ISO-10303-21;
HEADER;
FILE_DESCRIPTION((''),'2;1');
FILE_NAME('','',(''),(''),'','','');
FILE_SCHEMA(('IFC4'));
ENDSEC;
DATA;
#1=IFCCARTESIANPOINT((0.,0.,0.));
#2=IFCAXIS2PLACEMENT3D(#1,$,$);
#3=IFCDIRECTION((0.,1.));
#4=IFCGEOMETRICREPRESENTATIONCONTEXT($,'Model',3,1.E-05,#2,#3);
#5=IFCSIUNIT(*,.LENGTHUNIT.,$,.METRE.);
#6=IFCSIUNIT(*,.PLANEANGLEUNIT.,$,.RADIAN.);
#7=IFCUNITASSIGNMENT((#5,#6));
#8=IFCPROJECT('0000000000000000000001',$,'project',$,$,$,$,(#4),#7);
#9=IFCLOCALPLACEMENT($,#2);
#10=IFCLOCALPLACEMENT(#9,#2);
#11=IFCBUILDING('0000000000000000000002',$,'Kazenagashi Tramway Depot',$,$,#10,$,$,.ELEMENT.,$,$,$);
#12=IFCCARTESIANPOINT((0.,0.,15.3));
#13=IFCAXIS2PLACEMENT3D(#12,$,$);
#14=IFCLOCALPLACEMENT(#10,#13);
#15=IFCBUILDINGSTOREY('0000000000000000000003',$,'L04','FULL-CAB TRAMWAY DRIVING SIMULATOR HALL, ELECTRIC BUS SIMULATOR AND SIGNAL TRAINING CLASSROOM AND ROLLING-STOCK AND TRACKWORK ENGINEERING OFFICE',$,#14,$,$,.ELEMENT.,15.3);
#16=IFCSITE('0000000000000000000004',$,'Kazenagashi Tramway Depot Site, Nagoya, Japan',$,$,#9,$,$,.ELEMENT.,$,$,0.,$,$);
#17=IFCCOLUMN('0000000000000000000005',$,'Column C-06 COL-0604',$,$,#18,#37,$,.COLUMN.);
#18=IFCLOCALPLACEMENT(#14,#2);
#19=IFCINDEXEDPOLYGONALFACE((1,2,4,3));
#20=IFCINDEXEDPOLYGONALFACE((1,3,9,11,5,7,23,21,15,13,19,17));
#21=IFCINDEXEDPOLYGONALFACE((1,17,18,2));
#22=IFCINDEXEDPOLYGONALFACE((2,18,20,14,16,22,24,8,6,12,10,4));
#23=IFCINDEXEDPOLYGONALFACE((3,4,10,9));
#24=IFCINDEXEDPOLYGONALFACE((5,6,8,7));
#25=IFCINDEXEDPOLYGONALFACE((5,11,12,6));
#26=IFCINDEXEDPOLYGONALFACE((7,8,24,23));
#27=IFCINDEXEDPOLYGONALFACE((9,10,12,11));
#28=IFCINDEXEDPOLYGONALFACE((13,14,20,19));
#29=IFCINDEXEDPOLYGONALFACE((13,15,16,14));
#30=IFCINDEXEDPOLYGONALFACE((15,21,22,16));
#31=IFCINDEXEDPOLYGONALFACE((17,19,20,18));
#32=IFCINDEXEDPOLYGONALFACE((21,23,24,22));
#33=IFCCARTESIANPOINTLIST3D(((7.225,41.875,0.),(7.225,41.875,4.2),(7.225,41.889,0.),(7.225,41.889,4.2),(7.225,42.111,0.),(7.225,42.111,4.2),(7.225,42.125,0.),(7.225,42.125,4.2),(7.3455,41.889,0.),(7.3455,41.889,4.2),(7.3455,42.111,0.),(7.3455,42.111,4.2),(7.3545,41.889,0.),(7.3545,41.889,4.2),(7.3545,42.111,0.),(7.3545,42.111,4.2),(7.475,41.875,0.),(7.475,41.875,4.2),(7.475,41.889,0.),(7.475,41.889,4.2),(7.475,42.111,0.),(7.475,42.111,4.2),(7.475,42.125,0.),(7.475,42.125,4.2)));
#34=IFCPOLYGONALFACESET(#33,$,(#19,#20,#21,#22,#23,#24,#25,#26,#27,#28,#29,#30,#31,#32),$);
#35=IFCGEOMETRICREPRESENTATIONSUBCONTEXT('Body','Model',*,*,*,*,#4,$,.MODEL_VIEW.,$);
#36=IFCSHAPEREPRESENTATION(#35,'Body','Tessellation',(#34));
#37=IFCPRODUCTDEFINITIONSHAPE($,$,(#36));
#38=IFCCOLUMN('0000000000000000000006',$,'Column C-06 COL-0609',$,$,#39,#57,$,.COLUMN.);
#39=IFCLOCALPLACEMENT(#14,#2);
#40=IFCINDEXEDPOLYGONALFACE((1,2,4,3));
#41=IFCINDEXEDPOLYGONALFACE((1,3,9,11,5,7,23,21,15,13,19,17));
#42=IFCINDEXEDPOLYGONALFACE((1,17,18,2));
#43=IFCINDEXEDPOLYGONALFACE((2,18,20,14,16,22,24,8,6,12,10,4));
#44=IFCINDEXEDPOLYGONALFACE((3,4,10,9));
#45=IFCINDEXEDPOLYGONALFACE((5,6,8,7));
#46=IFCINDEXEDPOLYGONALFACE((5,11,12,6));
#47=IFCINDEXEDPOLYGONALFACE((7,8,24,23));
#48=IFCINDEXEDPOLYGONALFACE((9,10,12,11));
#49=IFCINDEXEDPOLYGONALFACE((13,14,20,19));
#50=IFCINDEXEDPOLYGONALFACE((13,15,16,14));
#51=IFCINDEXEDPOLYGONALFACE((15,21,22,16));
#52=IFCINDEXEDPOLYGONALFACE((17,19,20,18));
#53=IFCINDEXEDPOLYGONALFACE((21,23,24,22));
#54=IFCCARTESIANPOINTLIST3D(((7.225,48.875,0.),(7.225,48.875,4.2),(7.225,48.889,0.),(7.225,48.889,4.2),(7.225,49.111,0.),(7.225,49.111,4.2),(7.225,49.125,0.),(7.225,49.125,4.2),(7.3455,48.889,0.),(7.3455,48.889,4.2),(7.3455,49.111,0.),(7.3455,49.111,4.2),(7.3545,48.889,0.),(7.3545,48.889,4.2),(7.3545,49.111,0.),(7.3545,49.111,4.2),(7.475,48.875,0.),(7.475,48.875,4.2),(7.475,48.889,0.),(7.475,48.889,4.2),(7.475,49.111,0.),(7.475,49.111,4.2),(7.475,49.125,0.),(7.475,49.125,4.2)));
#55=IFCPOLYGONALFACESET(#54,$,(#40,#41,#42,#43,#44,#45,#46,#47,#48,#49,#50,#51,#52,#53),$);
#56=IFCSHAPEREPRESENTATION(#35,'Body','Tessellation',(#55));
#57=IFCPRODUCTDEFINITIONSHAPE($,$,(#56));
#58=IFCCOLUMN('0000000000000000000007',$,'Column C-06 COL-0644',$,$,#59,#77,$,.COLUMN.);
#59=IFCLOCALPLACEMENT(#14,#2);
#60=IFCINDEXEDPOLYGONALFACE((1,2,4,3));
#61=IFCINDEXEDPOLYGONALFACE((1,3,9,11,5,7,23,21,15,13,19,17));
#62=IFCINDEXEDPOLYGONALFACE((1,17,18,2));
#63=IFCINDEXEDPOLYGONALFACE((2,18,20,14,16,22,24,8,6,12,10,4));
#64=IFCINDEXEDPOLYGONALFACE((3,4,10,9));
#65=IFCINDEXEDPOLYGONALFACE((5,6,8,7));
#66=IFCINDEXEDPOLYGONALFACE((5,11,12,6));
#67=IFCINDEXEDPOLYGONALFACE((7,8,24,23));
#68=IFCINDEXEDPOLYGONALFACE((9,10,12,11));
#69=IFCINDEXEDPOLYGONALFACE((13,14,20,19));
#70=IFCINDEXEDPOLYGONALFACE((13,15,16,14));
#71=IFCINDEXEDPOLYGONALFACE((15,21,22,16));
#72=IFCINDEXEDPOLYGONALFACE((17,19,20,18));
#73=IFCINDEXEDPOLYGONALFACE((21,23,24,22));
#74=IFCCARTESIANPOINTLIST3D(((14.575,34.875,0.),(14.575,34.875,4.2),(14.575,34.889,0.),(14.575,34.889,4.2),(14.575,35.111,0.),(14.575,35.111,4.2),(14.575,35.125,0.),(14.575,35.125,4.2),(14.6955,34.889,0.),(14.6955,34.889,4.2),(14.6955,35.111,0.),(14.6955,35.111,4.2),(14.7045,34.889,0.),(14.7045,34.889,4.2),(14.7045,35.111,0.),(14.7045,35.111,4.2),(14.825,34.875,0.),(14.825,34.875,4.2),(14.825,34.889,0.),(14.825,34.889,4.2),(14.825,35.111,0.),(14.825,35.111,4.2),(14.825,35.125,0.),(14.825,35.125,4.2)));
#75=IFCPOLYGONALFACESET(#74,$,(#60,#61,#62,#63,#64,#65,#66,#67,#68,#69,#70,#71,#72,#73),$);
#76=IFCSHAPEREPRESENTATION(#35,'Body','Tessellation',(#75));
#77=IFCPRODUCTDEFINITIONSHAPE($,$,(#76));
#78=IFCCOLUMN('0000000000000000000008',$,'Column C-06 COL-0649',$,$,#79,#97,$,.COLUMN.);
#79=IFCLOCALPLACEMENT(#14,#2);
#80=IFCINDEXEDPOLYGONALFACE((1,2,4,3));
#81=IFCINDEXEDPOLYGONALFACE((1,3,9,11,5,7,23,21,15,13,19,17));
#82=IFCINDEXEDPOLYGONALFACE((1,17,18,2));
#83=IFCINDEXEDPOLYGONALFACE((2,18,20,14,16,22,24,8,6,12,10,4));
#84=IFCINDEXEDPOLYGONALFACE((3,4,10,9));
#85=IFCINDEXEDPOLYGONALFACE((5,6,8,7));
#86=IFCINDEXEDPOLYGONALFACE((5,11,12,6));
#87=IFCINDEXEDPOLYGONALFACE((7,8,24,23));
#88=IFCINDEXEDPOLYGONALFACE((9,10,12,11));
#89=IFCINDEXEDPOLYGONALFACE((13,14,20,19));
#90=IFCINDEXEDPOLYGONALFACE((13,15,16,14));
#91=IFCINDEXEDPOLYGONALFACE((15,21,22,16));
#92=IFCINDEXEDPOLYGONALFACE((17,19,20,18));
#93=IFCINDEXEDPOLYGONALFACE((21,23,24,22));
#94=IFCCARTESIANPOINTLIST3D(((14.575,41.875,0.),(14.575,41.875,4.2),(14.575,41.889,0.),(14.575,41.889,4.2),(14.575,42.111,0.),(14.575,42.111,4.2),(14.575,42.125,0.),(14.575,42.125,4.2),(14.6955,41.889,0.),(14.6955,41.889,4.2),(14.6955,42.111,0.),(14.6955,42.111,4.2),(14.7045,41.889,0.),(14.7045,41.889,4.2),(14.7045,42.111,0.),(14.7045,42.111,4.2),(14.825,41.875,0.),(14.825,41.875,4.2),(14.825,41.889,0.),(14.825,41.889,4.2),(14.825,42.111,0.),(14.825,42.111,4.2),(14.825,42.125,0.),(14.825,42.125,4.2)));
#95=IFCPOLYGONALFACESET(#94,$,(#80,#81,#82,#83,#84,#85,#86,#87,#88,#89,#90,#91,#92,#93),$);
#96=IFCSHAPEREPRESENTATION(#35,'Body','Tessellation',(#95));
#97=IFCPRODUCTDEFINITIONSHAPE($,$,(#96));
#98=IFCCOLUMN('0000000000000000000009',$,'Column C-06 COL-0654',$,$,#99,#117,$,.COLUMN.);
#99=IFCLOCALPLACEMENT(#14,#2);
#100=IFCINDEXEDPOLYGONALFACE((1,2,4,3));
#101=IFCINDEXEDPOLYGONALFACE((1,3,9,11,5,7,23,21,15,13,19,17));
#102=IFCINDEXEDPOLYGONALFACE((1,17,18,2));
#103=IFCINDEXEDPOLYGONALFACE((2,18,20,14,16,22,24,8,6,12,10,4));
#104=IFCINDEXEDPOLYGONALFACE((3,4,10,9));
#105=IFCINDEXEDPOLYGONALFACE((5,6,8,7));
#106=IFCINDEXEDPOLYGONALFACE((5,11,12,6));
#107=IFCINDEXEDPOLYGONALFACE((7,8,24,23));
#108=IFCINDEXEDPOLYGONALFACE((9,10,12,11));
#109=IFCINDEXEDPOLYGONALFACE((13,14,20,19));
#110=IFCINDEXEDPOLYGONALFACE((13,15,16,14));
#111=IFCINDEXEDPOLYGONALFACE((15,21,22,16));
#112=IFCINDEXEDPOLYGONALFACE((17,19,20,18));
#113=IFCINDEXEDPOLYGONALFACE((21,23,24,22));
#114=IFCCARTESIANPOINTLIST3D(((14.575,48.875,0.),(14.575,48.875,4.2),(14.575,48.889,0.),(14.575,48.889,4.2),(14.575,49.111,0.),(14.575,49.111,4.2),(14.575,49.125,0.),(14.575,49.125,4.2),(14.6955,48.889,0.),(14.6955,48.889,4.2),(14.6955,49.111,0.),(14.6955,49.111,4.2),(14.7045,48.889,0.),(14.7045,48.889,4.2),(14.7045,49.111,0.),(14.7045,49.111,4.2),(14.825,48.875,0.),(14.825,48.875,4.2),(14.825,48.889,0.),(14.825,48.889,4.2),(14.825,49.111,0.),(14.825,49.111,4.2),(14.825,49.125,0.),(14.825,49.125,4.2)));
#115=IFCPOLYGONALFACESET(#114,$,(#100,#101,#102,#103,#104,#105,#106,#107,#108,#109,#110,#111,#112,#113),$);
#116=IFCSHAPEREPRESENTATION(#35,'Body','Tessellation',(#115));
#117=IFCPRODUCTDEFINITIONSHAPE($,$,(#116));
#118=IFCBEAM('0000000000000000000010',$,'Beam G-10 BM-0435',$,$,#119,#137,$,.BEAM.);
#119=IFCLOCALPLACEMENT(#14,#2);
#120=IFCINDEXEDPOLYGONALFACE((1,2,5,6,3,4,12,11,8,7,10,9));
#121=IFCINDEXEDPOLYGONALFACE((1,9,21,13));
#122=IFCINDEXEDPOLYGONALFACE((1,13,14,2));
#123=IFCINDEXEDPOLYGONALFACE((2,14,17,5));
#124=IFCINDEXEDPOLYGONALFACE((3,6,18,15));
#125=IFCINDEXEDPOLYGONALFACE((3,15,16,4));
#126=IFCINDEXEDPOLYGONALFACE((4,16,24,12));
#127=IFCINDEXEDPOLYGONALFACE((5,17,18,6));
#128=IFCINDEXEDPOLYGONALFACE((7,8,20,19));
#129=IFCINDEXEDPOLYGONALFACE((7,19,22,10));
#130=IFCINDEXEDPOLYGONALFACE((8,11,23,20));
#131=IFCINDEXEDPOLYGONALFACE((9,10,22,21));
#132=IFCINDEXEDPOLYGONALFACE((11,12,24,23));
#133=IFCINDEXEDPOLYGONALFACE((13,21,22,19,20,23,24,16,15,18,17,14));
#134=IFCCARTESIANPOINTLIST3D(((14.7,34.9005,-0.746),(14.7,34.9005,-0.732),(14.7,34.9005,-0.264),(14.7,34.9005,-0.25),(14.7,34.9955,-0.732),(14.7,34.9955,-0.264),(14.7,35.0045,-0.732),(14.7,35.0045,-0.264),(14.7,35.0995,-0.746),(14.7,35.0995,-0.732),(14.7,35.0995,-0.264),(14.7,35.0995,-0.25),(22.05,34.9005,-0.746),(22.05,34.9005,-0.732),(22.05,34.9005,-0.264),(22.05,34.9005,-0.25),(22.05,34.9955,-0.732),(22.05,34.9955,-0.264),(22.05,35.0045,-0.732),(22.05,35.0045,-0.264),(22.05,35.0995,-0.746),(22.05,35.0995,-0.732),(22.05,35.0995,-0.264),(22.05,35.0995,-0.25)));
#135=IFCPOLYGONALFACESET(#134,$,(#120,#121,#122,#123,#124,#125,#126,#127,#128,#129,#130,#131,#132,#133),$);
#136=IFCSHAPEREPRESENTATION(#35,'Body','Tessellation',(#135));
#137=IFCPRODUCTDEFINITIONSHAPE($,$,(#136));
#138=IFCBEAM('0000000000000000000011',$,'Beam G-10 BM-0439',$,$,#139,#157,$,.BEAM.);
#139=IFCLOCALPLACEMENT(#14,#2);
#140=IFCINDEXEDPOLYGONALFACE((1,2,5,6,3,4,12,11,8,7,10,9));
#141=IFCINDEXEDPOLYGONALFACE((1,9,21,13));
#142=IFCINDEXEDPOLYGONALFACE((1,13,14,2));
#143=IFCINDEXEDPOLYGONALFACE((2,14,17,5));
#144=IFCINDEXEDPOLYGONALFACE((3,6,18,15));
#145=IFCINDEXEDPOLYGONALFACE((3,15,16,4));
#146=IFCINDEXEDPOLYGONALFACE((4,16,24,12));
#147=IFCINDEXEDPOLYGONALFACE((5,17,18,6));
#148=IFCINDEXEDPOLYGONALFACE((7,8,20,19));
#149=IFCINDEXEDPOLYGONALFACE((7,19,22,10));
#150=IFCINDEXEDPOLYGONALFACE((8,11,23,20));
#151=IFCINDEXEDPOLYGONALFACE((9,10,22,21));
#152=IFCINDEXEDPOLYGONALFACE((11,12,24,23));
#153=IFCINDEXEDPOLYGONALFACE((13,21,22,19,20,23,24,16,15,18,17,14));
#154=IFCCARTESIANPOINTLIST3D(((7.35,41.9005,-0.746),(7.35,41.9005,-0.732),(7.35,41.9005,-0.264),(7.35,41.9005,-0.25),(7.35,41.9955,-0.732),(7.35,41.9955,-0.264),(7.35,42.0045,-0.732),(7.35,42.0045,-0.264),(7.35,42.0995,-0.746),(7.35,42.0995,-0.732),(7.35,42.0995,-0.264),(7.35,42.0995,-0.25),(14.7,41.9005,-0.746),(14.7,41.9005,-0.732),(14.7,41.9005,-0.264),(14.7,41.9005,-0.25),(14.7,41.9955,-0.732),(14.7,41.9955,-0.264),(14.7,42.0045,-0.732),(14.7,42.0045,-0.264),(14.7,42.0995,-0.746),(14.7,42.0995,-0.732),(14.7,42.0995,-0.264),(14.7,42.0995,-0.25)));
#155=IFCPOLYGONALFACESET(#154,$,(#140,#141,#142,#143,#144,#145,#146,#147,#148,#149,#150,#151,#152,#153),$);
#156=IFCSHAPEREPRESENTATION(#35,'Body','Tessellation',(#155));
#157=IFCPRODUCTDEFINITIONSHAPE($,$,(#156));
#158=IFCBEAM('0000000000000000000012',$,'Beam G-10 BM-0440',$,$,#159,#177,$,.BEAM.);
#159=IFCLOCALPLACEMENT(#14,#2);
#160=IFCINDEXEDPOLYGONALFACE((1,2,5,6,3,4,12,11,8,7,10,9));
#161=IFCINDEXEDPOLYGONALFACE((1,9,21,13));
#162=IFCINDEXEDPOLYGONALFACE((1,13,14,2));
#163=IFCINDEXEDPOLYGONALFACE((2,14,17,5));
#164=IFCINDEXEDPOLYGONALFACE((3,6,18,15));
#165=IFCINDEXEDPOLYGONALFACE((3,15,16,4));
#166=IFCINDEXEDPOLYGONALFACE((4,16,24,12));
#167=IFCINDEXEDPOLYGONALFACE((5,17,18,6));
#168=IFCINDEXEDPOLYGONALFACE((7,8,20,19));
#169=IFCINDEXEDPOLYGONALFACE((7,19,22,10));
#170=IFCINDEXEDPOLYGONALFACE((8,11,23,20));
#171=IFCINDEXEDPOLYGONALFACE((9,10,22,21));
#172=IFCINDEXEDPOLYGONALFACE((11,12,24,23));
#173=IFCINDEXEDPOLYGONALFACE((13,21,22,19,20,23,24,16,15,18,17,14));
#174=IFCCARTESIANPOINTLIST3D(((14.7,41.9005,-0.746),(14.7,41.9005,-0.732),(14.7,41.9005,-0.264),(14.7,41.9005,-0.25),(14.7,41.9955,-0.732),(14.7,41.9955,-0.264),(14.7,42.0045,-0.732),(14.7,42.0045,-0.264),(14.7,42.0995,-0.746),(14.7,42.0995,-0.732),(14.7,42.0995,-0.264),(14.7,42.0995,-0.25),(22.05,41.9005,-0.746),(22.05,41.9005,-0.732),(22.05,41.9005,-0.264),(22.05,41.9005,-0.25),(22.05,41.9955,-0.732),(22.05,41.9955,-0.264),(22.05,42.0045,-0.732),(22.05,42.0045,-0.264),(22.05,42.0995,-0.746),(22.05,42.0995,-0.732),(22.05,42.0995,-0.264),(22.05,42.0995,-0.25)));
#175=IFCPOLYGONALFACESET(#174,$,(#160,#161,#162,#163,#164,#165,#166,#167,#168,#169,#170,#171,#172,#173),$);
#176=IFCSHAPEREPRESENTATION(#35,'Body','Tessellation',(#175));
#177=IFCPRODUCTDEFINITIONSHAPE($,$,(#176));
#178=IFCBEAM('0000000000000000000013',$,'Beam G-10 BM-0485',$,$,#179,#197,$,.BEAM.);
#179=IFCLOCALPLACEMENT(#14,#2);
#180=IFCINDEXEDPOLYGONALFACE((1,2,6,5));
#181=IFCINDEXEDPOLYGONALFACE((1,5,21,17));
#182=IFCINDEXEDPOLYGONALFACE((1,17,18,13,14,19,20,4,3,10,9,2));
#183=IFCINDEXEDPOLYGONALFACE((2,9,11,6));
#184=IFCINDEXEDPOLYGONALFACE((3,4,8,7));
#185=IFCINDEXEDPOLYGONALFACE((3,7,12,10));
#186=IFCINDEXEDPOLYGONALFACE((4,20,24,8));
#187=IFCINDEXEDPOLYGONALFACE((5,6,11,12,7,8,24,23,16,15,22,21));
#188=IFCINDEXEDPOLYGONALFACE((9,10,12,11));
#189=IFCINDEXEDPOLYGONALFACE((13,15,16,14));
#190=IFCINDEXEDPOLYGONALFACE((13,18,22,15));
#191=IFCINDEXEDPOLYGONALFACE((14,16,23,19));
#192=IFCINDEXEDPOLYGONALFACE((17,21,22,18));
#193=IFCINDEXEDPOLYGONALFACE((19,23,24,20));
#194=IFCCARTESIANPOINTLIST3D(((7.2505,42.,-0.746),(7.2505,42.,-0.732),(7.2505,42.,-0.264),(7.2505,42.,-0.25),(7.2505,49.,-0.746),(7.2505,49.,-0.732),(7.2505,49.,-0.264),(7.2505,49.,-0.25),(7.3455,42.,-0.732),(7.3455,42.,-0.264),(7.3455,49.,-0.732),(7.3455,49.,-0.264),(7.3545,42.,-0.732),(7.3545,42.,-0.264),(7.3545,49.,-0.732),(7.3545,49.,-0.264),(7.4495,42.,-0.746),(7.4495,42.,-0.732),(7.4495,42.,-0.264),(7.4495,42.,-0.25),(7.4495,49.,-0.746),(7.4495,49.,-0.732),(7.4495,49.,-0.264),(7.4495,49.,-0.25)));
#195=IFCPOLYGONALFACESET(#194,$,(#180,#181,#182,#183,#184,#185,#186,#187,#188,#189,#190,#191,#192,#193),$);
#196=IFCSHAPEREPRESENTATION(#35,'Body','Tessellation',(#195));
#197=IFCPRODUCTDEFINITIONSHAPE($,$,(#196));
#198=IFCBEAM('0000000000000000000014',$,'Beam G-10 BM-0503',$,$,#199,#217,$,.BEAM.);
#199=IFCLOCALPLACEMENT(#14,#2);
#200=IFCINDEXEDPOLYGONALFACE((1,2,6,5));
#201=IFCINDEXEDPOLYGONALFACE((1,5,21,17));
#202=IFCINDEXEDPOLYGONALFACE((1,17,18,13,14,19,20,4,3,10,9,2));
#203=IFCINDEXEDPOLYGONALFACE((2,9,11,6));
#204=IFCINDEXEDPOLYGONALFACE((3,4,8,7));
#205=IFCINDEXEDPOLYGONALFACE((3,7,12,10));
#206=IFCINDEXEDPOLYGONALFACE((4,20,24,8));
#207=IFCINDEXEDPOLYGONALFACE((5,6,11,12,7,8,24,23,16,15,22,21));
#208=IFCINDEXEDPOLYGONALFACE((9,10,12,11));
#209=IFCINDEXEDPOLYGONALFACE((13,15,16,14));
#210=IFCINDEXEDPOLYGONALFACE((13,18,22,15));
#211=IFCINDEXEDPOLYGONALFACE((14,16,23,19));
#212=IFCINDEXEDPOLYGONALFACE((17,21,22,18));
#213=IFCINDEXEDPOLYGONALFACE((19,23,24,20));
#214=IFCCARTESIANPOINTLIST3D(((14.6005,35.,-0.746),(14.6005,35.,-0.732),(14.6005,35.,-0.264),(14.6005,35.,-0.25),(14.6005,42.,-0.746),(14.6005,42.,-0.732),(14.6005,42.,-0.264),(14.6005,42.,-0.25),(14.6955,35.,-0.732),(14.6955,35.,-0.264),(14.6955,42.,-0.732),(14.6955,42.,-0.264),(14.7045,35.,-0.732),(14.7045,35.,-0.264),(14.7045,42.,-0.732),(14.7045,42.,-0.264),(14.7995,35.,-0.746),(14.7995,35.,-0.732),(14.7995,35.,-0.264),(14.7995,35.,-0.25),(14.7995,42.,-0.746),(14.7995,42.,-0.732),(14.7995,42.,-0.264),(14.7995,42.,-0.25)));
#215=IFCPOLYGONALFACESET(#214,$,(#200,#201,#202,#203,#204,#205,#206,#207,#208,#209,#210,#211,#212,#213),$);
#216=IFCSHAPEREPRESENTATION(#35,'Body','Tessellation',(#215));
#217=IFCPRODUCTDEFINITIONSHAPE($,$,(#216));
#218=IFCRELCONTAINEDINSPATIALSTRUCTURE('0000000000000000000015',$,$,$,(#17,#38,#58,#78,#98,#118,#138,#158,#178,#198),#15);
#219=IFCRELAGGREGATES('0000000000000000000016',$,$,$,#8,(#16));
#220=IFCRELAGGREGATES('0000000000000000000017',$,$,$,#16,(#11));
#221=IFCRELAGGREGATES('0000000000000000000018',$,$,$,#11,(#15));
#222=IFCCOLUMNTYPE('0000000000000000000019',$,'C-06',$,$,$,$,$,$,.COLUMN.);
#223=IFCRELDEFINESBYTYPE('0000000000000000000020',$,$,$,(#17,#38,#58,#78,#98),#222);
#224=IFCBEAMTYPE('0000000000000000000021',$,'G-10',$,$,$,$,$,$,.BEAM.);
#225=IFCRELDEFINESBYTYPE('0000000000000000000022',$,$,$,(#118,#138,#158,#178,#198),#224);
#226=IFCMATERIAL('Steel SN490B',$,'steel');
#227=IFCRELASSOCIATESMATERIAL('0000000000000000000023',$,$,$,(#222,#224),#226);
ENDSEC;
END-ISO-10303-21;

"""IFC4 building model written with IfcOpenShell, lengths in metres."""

from ifc_helpers import new_model, si_unit, direction, frame, origin, origin_2d, place, context, subcontext, project, spatial, i_section, extrude, material, material_profile, profile_set, type_object, element, save


model = new_model("IFC4")

# Units and contexts
model_context = context("Model", 3, precision=1e-05, world=origin(), true_north=direction((0.0, 1.0)))
body_context = subcontext(model_context, "Body", "Model", "MODEL_VIEW")
ifc_project = project(units=[si_unit("LENGTHUNIT", "METRE"), si_unit("PLANEANGLEUNIT", "RADIAN")], contexts=[model_context])

# Site, building, storey
site_placement = place(None, origin())
site = spatial("IfcSite", under=ifc_project, at=site_placement, Name="Kazenagashi Tramway Depot Site, Nagoya, Japan", CompositionType="ELEMENT", RefElevation=0.0)
building_placement = place(site_placement, origin())
building = spatial("IfcBuilding", under=site, at=building_placement, Name="Kazenagashi Tramway Depot", CompositionType="ELEMENT")
storey_placement = place(building_placement, frame((0.0, 0.0, 15.3)))
storey = spatial("IfcBuildingStorey", under=building, at=storey_placement, Name="L04", Description="FULL-CAB TRAMWAY DRIVING SIMULATOR HALL, ELECTRIC BUS SIMULATOR AND SIGNAL TRAINING CLASSROOM AND ROLLING-STOCK AND TRACKWORK ENGINEERING OFFICE", CompositionType="ELEMENT", Elevation=15.3)

# Columns
ifc_material_1 = material(Name="Steel SN490B", Category="steel")
ifc_material_profile_1 = material_profile(ifc_material_1, i_section(OverallWidth=0.25, OverallDepth=0.25, WebThickness=0.009, FlangeThickness=0.014, at=origin_2d()), Name="H-250x250x9x14")
ifc_profile_set_1 = profile_set([ifc_material_profile_1], Name="Steel SN490B")
column_type = type_object("IfcColumnType", Name="C-06", PredefinedType="COLUMN", material=ifc_profile_set_1)
for number, where, z_axis, x_axis, name in (
    (1, (7.35, 42.0, 0.0), (0.0, 0.0, 1.0), (1.0, 0.0, 0.0), "Column C-06 COL-0604"),
    (2, (7.35, 49.0, 0.0), (0.0, 0.0, 1.0), (1.0, 0.0, 0.0), "Column C-06 COL-0609"),
    (3, (14.7, 35.0, 0.0), (0.0, 0.0, 1.0), (1.0, 0.0, 0.0), "Column C-06 COL-0644"),
    (4, (14.7, 42.0, 0.0), (0.0, 0.0, 1.0), (1.0, 0.0, 0.0), "Column C-06 COL-0649"),
    (5, (14.7, 49.0, 0.0), (0.0, 0.0, 1.0), (1.0, 0.0, 0.0), "Column C-06 COL-0654"),
):
    element("IfcColumn", number, at=place(storey_placement, frame(where, z_axis=z_axis, x_axis=x_axis)), inside=storey, type_object=column_type, Name=name, PredefinedType="COLUMN", context=body_context, shape_type="SweptSolid", body=[
        extrude(i_section(OverallWidth=0.25, OverallDepth=0.25, WebThickness=0.009, FlangeThickness=0.014, at=origin_2d()), origin(), (0.0, 0.0, 1.0), 4.2),
    ])

# Beams
ifc_material_profile_2 = material_profile(ifc_material_1, i_section(OverallWidth=0.199, OverallDepth=0.496, WebThickness=0.009, FlangeThickness=0.014, at=origin_2d()), Name="H-496x199x9x14")
ifc_profile_set_2 = profile_set([ifc_material_profile_2], Name="Steel SN490B")
beam_type_1 = type_object("IfcBeamType", Name="G-10", PredefinedType="BEAM", material=ifc_profile_set_2)
for number, where, z_axis, x_axis, name in (
    (6, (14.7, 35.0, -0.498), (1.0, 0.0, 0.0), (0.0, 1.0, 0.0), "Beam G-10 BM-0435"),
    (7, (7.35, 42.0, -0.498), (1.0, 0.0, 0.0), (0.0, 1.0, 0.0), "Beam G-10 BM-0439"),
    (8, (14.7, 42.0, -0.498), (1.0, 0.0, 0.0), (0.0, 1.0, 0.0), "Beam G-10 BM-0440"),
):
    element("IfcBeam", number, at=place(storey_placement, frame(where, z_axis=z_axis, x_axis=x_axis)), inside=storey, type_object=beam_type_1, Name=name, PredefinedType="BEAM", context=body_context, shape_type="SweptSolid", body=[
        extrude(i_section(OverallWidth=0.199, OverallDepth=0.496, WebThickness=0.009, FlangeThickness=0.014, at=origin_2d()), origin(), (0.0, 0.0, 1.0), 7.35),
    ])
for number, where, z_axis, x_axis, name in (
    (9, (7.35, 42.0, -0.498), (0.0, 1.0, 0.0), (-1.0, 0.0, 0.0), "Beam G-10 BM-0485"),
    (10, (14.7, 35.0, -0.498), (0.0, 1.0, 0.0), (-1.0, 0.0, 0.0), "Beam G-10 BM-0503"),
):
    element("IfcBeam", number, at=place(storey_placement, frame(where, z_axis=z_axis, x_axis=x_axis)), inside=storey, type_object=beam_type_1, Name=name, PredefinedType="BEAM", context=body_context, shape_type="SweptSolid", body=[
        extrude(i_section(OverallWidth=0.199, OverallDepth=0.496, WebThickness=0.009, FlangeThickness=0.014, at=origin_2d()), origin(), (0.0, 0.0, 1.0), 7.0),
    ])

save(model, "model.ifc")
